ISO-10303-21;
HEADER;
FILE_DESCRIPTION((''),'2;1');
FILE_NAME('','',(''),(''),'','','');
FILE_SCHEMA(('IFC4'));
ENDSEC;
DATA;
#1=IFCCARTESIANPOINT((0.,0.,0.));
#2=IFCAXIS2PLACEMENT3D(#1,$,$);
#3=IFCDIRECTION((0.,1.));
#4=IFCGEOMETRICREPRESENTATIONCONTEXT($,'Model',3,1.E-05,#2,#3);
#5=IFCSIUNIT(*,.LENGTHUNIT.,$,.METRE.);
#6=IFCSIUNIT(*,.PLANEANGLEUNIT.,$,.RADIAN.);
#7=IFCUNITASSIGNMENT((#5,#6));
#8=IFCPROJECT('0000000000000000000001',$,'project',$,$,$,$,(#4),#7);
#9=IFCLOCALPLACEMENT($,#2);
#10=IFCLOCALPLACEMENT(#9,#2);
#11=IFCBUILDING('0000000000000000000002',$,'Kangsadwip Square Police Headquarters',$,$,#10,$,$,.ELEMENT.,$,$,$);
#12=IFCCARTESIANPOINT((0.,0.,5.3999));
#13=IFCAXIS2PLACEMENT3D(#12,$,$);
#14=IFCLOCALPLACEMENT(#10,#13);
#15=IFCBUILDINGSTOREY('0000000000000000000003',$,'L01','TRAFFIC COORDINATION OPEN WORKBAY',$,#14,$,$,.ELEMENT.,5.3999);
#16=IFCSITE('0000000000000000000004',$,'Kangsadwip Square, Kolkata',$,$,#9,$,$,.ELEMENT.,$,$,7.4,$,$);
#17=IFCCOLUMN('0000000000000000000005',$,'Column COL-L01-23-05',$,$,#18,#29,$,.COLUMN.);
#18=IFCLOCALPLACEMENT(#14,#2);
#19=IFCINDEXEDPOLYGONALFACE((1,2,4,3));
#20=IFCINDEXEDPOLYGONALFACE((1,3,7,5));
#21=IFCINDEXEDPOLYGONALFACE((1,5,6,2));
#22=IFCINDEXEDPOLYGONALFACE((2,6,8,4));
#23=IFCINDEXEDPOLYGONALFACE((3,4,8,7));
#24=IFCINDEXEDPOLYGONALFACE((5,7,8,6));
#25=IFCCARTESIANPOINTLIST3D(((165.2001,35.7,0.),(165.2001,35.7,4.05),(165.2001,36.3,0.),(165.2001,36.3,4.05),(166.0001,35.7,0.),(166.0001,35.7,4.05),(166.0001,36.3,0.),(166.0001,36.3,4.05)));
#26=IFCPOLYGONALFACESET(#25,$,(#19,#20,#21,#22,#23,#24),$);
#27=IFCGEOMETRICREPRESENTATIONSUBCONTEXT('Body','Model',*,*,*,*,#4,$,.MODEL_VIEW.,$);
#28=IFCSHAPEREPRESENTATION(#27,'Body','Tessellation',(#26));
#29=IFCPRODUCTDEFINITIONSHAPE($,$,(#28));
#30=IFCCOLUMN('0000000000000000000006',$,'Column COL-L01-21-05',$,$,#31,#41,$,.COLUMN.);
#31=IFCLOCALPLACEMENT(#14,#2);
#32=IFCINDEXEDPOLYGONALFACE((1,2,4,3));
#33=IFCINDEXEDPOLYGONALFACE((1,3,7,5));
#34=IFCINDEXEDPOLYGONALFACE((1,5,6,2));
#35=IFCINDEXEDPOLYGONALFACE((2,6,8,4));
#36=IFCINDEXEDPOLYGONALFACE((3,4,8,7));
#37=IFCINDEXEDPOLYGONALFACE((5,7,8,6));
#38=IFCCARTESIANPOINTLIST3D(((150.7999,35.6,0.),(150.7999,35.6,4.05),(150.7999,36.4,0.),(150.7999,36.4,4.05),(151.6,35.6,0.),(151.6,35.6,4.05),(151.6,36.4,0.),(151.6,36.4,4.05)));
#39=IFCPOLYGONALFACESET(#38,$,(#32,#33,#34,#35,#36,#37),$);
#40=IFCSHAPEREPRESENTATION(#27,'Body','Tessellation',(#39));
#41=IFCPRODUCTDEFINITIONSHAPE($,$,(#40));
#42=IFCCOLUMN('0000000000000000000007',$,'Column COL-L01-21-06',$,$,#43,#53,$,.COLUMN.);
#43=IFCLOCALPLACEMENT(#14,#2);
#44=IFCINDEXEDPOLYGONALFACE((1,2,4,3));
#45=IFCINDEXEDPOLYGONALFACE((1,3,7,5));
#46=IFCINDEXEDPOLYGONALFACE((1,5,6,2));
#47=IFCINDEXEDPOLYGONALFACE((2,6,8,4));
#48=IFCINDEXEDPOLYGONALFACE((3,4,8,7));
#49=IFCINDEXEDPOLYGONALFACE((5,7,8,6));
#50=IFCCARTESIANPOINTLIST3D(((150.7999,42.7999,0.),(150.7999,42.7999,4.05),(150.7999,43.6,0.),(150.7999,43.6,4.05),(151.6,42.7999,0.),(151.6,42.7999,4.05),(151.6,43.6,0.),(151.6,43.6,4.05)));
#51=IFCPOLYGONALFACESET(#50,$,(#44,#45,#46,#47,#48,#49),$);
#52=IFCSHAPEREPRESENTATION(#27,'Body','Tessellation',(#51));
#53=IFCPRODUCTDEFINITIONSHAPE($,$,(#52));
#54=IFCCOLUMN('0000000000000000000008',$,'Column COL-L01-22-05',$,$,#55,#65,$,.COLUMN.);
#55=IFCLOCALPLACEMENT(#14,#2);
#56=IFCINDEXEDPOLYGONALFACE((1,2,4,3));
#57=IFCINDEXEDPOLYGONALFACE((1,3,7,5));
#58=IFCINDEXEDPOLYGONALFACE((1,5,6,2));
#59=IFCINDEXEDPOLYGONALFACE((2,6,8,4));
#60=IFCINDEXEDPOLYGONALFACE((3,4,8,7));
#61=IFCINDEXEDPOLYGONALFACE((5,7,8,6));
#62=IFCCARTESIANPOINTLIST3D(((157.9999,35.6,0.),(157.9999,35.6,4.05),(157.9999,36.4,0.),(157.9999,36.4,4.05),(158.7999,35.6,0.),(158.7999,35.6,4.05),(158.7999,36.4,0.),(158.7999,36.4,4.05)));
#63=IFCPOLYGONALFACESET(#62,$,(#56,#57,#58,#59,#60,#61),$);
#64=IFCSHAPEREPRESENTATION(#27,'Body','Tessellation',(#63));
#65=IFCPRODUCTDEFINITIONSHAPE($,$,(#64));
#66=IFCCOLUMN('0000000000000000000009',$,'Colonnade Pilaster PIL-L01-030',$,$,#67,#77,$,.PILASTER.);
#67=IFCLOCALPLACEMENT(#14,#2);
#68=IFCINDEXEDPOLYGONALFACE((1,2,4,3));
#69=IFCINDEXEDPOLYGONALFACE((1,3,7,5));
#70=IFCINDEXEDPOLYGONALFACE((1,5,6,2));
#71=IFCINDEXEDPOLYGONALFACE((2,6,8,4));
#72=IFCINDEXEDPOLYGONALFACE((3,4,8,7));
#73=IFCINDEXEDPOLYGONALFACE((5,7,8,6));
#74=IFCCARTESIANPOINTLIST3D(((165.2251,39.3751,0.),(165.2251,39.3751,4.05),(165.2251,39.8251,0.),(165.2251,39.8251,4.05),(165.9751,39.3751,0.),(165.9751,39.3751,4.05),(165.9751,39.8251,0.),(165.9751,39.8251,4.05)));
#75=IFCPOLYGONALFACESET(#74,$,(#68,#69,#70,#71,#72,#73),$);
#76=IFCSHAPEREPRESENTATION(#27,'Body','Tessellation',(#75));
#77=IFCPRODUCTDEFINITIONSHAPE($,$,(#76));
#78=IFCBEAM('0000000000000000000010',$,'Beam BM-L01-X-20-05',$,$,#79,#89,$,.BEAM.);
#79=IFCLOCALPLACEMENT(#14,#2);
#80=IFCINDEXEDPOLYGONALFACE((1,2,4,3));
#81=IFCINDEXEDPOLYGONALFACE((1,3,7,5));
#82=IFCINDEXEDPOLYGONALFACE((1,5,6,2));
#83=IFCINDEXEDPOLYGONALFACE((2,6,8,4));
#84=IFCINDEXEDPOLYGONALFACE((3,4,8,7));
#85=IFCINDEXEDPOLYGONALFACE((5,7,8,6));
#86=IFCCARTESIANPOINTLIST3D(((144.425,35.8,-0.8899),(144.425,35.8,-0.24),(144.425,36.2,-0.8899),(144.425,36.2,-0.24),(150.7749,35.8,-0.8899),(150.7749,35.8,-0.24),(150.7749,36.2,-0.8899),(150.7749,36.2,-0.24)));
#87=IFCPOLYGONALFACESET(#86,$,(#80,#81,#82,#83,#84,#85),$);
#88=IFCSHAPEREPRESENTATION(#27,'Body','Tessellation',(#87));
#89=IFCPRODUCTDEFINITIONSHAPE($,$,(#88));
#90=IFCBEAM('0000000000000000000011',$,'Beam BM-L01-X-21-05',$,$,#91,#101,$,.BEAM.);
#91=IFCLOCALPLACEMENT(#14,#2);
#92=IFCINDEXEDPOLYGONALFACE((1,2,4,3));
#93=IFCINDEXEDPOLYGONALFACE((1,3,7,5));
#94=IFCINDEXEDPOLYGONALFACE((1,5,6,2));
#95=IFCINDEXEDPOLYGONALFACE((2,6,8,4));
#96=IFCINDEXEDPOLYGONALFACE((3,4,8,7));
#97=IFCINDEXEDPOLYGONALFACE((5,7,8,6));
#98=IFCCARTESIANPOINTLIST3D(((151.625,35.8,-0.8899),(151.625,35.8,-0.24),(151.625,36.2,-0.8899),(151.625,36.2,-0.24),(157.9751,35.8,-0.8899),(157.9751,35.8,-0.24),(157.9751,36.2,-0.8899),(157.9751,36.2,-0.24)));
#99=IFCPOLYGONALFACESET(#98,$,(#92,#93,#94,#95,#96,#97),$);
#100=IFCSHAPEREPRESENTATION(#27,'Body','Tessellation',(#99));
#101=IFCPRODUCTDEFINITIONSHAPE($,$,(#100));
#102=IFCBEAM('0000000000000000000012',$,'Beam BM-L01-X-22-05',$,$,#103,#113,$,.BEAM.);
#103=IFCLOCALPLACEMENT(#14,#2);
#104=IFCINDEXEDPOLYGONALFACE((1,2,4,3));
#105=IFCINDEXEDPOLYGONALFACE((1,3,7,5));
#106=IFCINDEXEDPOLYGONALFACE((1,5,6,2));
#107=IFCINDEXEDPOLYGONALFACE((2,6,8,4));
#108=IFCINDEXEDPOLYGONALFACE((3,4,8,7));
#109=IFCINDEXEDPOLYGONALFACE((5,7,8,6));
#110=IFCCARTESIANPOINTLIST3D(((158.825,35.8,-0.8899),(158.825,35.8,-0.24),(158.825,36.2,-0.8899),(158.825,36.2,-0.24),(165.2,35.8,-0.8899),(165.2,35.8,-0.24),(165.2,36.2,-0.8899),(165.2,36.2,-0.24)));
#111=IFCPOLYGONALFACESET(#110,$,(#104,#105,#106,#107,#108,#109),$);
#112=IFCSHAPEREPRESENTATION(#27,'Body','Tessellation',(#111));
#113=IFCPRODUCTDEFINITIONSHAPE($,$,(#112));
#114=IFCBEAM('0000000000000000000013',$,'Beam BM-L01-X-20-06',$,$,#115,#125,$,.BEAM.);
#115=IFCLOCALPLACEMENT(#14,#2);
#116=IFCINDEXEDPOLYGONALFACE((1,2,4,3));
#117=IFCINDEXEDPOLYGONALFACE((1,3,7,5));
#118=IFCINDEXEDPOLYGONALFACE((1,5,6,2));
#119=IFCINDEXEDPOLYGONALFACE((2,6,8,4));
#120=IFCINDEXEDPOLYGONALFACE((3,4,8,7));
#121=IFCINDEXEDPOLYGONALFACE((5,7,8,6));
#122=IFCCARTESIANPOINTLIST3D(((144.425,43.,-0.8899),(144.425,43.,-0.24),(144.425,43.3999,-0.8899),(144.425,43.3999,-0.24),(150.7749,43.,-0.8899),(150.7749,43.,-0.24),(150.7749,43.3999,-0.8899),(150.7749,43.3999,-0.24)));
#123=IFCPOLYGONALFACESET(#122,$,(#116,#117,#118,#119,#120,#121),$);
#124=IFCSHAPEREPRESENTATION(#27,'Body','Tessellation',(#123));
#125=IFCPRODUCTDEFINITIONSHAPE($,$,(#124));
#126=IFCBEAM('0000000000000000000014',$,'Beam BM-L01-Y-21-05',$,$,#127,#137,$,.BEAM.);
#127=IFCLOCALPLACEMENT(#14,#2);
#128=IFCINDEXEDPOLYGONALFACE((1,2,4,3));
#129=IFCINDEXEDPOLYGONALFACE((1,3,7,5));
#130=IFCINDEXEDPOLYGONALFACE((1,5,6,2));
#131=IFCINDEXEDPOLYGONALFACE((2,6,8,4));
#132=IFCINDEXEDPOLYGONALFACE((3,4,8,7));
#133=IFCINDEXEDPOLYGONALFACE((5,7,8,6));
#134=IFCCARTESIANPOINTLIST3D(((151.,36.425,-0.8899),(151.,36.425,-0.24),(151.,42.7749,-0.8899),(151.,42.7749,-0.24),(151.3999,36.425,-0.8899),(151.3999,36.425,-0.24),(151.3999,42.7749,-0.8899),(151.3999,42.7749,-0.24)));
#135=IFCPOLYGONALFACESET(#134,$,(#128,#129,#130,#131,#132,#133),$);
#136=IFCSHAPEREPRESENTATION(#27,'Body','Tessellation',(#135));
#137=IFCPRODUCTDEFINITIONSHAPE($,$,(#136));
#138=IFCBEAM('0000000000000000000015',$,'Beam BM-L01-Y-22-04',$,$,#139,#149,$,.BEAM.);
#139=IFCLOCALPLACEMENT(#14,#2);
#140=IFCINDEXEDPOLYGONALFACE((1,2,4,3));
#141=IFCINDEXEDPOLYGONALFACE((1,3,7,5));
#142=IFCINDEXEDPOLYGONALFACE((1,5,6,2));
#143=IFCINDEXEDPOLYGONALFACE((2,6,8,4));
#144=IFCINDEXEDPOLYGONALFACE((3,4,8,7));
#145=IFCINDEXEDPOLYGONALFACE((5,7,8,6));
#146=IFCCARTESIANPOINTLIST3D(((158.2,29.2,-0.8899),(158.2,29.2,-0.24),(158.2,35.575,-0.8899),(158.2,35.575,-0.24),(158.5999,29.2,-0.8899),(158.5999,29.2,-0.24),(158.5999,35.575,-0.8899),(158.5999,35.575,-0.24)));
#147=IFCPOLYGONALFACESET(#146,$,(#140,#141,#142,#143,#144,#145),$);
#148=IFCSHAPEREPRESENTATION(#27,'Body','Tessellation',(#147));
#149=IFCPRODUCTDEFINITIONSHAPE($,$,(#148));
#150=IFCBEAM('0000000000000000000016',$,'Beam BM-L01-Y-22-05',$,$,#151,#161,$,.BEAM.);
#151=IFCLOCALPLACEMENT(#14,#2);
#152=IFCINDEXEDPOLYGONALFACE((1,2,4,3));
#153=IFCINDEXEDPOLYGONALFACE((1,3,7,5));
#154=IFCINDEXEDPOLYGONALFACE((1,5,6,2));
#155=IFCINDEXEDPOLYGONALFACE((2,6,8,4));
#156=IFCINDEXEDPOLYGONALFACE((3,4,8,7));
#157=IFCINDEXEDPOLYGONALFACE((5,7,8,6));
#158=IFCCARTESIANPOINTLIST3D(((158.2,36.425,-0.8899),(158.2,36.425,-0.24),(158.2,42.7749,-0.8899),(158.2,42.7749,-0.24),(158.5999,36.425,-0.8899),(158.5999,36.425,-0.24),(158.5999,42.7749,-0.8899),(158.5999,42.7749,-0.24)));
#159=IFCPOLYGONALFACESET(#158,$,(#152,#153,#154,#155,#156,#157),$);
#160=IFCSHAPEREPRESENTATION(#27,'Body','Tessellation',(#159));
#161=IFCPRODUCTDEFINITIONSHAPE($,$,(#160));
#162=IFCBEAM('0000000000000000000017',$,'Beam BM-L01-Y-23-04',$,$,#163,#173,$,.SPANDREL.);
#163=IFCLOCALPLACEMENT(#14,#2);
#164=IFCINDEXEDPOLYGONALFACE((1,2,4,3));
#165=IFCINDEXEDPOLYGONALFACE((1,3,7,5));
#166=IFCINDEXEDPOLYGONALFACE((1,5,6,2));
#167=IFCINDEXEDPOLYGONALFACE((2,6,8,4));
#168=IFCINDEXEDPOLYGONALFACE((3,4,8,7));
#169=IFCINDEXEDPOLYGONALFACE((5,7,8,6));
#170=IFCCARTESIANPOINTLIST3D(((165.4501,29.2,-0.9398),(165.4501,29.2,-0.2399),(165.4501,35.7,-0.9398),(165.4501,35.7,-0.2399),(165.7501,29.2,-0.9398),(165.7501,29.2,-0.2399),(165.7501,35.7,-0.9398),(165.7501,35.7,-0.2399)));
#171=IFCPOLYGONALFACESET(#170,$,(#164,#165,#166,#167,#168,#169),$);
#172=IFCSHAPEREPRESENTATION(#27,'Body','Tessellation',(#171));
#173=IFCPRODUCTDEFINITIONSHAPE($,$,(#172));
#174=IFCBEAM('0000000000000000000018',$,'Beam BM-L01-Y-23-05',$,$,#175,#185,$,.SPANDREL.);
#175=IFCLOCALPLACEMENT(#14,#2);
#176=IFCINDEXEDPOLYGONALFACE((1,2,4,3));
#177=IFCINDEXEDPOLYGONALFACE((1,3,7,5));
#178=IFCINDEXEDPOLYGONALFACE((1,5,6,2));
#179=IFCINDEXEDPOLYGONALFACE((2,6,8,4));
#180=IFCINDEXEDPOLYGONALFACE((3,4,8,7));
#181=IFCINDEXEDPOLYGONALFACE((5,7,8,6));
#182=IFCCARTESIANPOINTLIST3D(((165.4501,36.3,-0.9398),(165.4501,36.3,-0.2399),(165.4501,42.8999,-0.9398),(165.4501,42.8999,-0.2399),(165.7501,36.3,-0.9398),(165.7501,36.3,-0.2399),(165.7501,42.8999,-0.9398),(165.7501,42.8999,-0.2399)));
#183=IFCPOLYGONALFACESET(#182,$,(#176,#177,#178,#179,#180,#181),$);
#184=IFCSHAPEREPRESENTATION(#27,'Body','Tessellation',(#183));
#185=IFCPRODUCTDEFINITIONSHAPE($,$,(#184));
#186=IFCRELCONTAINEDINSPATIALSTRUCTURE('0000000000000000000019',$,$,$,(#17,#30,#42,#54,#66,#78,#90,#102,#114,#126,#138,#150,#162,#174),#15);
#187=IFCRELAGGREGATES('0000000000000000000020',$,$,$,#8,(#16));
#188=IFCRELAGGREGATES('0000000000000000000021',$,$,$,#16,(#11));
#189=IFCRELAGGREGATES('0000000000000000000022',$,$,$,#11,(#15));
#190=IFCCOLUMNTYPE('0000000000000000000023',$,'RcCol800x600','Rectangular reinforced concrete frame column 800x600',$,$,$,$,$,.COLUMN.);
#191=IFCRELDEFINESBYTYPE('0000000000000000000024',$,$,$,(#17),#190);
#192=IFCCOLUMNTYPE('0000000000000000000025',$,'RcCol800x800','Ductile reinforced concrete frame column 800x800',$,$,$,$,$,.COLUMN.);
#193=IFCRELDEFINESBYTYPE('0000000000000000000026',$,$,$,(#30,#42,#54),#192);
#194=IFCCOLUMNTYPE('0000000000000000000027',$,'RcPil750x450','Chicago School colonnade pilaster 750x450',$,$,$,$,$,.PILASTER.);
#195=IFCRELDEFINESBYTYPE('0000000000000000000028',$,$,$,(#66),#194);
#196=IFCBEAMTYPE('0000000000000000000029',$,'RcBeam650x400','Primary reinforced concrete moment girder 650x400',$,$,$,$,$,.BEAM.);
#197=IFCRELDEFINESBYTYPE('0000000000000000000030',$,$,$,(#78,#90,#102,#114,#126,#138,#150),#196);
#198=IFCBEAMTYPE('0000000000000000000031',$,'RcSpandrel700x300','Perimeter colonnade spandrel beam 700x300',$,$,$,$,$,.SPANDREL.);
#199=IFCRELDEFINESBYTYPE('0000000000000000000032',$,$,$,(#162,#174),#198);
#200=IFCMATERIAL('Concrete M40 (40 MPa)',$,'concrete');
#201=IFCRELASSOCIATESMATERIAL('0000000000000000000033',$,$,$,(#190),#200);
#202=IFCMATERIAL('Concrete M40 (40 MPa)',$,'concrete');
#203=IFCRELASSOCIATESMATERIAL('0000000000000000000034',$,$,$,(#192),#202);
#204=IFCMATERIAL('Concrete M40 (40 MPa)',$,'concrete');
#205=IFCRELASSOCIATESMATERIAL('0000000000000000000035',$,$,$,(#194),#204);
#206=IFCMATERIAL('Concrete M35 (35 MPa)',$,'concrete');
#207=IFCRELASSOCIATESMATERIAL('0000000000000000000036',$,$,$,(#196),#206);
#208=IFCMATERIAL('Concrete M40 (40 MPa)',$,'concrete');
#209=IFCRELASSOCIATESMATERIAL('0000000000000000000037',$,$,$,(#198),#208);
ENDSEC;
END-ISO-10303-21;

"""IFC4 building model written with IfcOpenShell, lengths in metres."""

from ifc_helpers import new_model, si_unit, direction, frame, origin, origin_2d, place, context, subcontext, project, spatial, rectangle, extrude, material, material_profile, profile_set, type_object, element, save


model = new_model("IFC4")

# Units and contexts
model_context = context("Model", 3, precision=1e-05, world=origin(), true_north=direction((0.0, 1.0)))
body_context = subcontext(model_context, "Body", "Model", "MODEL_VIEW")
ifc_project = project(units=[si_unit("LENGTHUNIT", "METRE"), si_unit("PLANEANGLEUNIT", "RADIAN")], contexts=[model_context])

# Site, building, storey
site_placement = place(None, origin())
site = spatial("IfcSite", under=ifc_project, at=site_placement, Name="Kangsadwip Square, Kolkata", CompositionType="ELEMENT", RefElevation=7.4)
building_placement = place(site_placement, origin())
building = spatial("IfcBuilding", under=site, at=building_placement, Name="Kangsadwip Square Police Headquarters", CompositionType="ELEMENT")
storey_placement = place(building_placement, frame((0.0, 0.0, 5.3999)))
storey = spatial("IfcBuildingStorey", under=building, at=storey_placement, Name="L01", Description="TRAFFIC COORDINATION OPEN WORKBAY", CompositionType="ELEMENT", Elevation=5.3999)

# Columns
ifc_material_1 = material(Name="Concrete M40 (40 MPa)", Category="concrete")
ifc_material_profile_1 = material_profile(ifc_material_1, rectangle(XDim=0.6001, YDim=0.8, at=origin_2d()), Name="RC COL 800X600")
ifc_profile_set_1 = profile_set([ifc_material_profile_1], Name="Concrete M40 (40 MPa)")
column_type_1 = type_object("IfcColumnType", Name="RcCol800x600", Description="Rectangular reinforced concrete frame column 800x600", PredefinedType="COLUMN", material=ifc_profile_set_1)
column_1_placement = place(storey_placement, frame((165.6001, 36.0, 0.0), z_axis=(0.0, 0.0, 1.0), x_axis=(0.0, 1.0, 0.0)))
element("IfcColumn", 1, at=column_1_placement, inside=storey, type_object=column_type_1, Name="Column COL-L01-23-05", PredefinedType="COLUMN", context=body_context, shape_type="SweptSolid", body=[
    extrude(rectangle(XDim=0.6001, YDim=0.8, at=origin_2d()), origin(), (0.0, 0.0, 1.0), 4.05),
])
ifc_material_2 = material(Name="Concrete M40 (40 MPa)", Category="concrete")
ifc_material_profile_2 = material_profile(ifc_material_2, rectangle(XDim=0.8, YDim=0.8, at=origin_2d()), Name="RC COL 800X800")
ifc_profile_set_2 = profile_set([ifc_material_profile_2], Name="Concrete M40 (40 MPa)")
column_type_2 = type_object("IfcColumnType", Name="RcCol800x800", Description="Ductile reinforced concrete frame column 800x800", PredefinedType="COLUMN", material=ifc_profile_set_2)
for number, where, z_axis, x_axis, name in (
    (2, (151.2, 36.0, 0.0), (0.0, 0.0, 1.0), (1.0, 0.0, 0.0), "Column COL-L01-21-05"),
    (3, (151.2, 43.2, 0.0), (0.0, 0.0, 1.0), (1.0, 0.0, 0.0), "Column COL-L01-21-06"),
    (4, (158.3999, 36.0, 0.0), (0.0, 0.0, 1.0), (1.0, 0.0, 0.0), "Column COL-L01-22-05"),
):
    element("IfcColumn", number, at=place(storey_placement, frame(where, z_axis=z_axis, x_axis=x_axis)), inside=storey, type_object=column_type_2, Name=name, PredefinedType="COLUMN", context=body_context, shape_type="SweptSolid", body=[
        extrude(rectangle(XDim=0.8, YDim=0.8, at=origin_2d()), origin(), (0.0, 0.0, 1.0), 4.05),
    ])
ifc_material_3 = material(Name="Concrete M40 (40 MPa)", Category="concrete")
ifc_material_profile_3 = material_profile(ifc_material_3, rectangle(XDim=0.45, YDim=0.75, at=origin_2d()), Name="RC PIL 750X450")
ifc_profile_set_3 = profile_set([ifc_material_profile_3], Name="Concrete M40 (40 MPa)")
column_type_3 = type_object("IfcColumnType", Name="RcPil750x450", Description="Chicago School colonnade pilaster 750x450", PredefinedType="PILASTER", material=ifc_profile_set_3)
column_2_placement = place(storey_placement, frame((165.6001, 39.6001, 0.0), z_axis=(0.0, 0.0, 1.0), x_axis=(0.0, 1.0, 0.0)))
element("IfcColumn", 5, at=column_2_placement, inside=storey, type_object=column_type_3, Name="Colonnade Pilaster PIL-L01-030", PredefinedType="PILASTER", context=body_context, shape_type="SweptSolid", body=[
    extrude(rectangle(XDim=0.45, YDim=0.75, at=origin_2d()), origin(), (0.0, 0.0, 1.0), 4.05),
])

# Beams
ifc_material_4 = material(Name="Concrete M35 (35 MPa)", Category="concrete")
ifc_material_profile_4 = material_profile(ifc_material_4, rectangle(XDim=0.3999, YDim=0.6499, at=origin_2d()), Name="RC BM 650X400")
ifc_profile_set_4 = profile_set([ifc_material_profile_4], Name="Concrete M35 (35 MPa)")
beam_type_1 = type_object("IfcBeamType", Name="RcBeam650x400", Description="Primary reinforced concrete moment girder 650x400", PredefinedType="BEAM", material=ifc_profile_set_4)
beam_1_placement = place(storey_placement, frame((144.425, 36.0, -0.5649), z_axis=(1.0, 0.0, 0.0), x_axis=(0.0, 1.0, 0.0)))
element("IfcBeam", 6, at=beam_1_placement, inside=storey, type_object=beam_type_1, Name="Beam BM-L01-X-20-05", PredefinedType="BEAM", context=body_context, shape_type="SweptSolid", body=[
    extrude(rectangle(XDim=0.3999, YDim=0.6499, at=origin_2d()), origin(), (0.0, 0.0, 1.0), 6.3499),
])
beam_2_placement = place(storey_placement, frame((151.625, 36.0, -0.5649), z_axis=(1.0, 0.0, 0.0), x_axis=(0.0, 1.0, 0.0)))
element("IfcBeam", 7, at=beam_2_placement, inside=storey, type_object=beam_type_1, Name="Beam BM-L01-X-21-05", PredefinedType="BEAM", context=body_context, shape_type="SweptSolid", body=[
    extrude(rectangle(XDim=0.3999, YDim=0.6499, at=origin_2d()), origin(), (0.0, 0.0, 1.0), 6.3501),
])
beam_3_placement = place(storey_placement, frame((158.825, 36.0, -0.5649), z_axis=(1.0, 0.0, 0.0), x_axis=(0.0, 1.0, 0.0)))
element("IfcBeam", 8, at=beam_3_placement, inside=storey, type_object=beam_type_1, Name="Beam BM-L01-X-22-05", PredefinedType="BEAM", context=body_context, shape_type="SweptSolid", body=[
    extrude(rectangle(XDim=0.3999, YDim=0.6499, at=origin_2d()), origin(), (0.0, 0.0, 1.0), 6.375),
])
for number, where, z_axis, x_axis, name in (
    (9, (144.425, 43.2, -0.5649), (1.0, 0.0, 0.0), (0.0, 1.0, 0.0), "Beam BM-L01-X-20-06"),
    (10, (151.2, 36.425, -0.5649), (0.0, 1.0, 0.0), (-1.0, 0.0, 0.0), "Beam BM-L01-Y-21-05"),
):
    element("IfcBeam", number, at=place(storey_placement, frame(where, z_axis=z_axis, x_axis=x_axis)), inside=storey, type_object=beam_type_1, Name=name, PredefinedType="BEAM", context=body_context, shape_type="SweptSolid", body=[
        extrude(rectangle(XDim=0.3999, YDim=0.6499, at=origin_2d()), origin(), (0.0, 0.0, 1.0), 6.3499),
    ])
beam_4_placement = place(storey_placement, frame((158.3999, 29.2, -0.5649), z_axis=(0.0, 1.0, 0.0), x_axis=(-1.0, 0.0, 0.0)))
element("IfcBeam", 11, at=beam_4_placement, inside=storey, type_object=beam_type_1, Name="Beam BM-L01-Y-22-04", PredefinedType="BEAM", context=body_context, shape_type="SweptSolid", body=[
    extrude(rectangle(XDim=0.3999, YDim=0.6499, at=origin_2d()), origin(), (0.0, 0.0, 1.0), 6.375),
])
beam_5_placement = place(storey_placement, frame((158.3999, 36.425, -0.5649), z_axis=(0.0, 1.0, 0.0), x_axis=(-1.0, 0.0, 0.0)))
element("IfcBeam", 12, at=beam_5_placement, inside=storey, type_object=beam_type_1, Name="Beam BM-L01-Y-22-05", PredefinedType="BEAM", context=body_context, shape_type="SweptSolid", body=[
    extrude(rectangle(XDim=0.3999, YDim=0.6499, at=origin_2d()), origin(), (0.0, 0.0, 1.0), 6.3499),
])
ifc_material_5 = material(Name="Concrete M40 (40 MPa)", Category="concrete")
ifc_material_profile_5 = material_profile(ifc_material_5, rectangle(XDim=0.3, YDim=0.7, at=origin_2d()), Name="RC SPN 700X300")
ifc_profile_set_5 = profile_set([ifc_material_profile_5], Name="Concrete M40 (40 MPa)")
beam_type_2 = type_object("IfcBeamType", Name="RcSpandrel700x300", Description="Perimeter colonnade spandrel beam 700x300", PredefinedType="SPANDREL", material=ifc_profile_set_5)
beam_6_placement = place(storey_placement, frame((165.6001, 29.2, -0.5898), z_axis=(0.0, 1.0, 0.0), x_axis=(-1.0, 0.0, 0.0)))
element("IfcBeam", 13, at=beam_6_placement, inside=storey, type_object=beam_type_2, Name="Beam BM-L01-Y-23-04", PredefinedType="SPANDREL", context=body_context, shape_type="SweptSolid", body=[
    extrude(rectangle(XDim=0.3, YDim=0.7, at=origin_2d()), origin(), (0.0, 0.0, 1.0), 6.5),
])
beam_7_placement = place(storey_placement, frame((165.6001, 36.3, -0.5898), z_axis=(0.0, 1.0, 0.0), x_axis=(-1.0, 0.0, 0.0)))
element("IfcBeam", 14, at=beam_7_placement, inside=storey, type_object=beam_type_2, Name="Beam BM-L01-Y-23-05", PredefinedType="SPANDREL", context=body_context, shape_type="SweptSolid", body=[
    extrude(rectangle(XDim=0.3, YDim=0.7, at=origin_2d()), origin(), (0.0, 0.0, 1.0), 6.5999),
])

save(model, "model.ifc")
